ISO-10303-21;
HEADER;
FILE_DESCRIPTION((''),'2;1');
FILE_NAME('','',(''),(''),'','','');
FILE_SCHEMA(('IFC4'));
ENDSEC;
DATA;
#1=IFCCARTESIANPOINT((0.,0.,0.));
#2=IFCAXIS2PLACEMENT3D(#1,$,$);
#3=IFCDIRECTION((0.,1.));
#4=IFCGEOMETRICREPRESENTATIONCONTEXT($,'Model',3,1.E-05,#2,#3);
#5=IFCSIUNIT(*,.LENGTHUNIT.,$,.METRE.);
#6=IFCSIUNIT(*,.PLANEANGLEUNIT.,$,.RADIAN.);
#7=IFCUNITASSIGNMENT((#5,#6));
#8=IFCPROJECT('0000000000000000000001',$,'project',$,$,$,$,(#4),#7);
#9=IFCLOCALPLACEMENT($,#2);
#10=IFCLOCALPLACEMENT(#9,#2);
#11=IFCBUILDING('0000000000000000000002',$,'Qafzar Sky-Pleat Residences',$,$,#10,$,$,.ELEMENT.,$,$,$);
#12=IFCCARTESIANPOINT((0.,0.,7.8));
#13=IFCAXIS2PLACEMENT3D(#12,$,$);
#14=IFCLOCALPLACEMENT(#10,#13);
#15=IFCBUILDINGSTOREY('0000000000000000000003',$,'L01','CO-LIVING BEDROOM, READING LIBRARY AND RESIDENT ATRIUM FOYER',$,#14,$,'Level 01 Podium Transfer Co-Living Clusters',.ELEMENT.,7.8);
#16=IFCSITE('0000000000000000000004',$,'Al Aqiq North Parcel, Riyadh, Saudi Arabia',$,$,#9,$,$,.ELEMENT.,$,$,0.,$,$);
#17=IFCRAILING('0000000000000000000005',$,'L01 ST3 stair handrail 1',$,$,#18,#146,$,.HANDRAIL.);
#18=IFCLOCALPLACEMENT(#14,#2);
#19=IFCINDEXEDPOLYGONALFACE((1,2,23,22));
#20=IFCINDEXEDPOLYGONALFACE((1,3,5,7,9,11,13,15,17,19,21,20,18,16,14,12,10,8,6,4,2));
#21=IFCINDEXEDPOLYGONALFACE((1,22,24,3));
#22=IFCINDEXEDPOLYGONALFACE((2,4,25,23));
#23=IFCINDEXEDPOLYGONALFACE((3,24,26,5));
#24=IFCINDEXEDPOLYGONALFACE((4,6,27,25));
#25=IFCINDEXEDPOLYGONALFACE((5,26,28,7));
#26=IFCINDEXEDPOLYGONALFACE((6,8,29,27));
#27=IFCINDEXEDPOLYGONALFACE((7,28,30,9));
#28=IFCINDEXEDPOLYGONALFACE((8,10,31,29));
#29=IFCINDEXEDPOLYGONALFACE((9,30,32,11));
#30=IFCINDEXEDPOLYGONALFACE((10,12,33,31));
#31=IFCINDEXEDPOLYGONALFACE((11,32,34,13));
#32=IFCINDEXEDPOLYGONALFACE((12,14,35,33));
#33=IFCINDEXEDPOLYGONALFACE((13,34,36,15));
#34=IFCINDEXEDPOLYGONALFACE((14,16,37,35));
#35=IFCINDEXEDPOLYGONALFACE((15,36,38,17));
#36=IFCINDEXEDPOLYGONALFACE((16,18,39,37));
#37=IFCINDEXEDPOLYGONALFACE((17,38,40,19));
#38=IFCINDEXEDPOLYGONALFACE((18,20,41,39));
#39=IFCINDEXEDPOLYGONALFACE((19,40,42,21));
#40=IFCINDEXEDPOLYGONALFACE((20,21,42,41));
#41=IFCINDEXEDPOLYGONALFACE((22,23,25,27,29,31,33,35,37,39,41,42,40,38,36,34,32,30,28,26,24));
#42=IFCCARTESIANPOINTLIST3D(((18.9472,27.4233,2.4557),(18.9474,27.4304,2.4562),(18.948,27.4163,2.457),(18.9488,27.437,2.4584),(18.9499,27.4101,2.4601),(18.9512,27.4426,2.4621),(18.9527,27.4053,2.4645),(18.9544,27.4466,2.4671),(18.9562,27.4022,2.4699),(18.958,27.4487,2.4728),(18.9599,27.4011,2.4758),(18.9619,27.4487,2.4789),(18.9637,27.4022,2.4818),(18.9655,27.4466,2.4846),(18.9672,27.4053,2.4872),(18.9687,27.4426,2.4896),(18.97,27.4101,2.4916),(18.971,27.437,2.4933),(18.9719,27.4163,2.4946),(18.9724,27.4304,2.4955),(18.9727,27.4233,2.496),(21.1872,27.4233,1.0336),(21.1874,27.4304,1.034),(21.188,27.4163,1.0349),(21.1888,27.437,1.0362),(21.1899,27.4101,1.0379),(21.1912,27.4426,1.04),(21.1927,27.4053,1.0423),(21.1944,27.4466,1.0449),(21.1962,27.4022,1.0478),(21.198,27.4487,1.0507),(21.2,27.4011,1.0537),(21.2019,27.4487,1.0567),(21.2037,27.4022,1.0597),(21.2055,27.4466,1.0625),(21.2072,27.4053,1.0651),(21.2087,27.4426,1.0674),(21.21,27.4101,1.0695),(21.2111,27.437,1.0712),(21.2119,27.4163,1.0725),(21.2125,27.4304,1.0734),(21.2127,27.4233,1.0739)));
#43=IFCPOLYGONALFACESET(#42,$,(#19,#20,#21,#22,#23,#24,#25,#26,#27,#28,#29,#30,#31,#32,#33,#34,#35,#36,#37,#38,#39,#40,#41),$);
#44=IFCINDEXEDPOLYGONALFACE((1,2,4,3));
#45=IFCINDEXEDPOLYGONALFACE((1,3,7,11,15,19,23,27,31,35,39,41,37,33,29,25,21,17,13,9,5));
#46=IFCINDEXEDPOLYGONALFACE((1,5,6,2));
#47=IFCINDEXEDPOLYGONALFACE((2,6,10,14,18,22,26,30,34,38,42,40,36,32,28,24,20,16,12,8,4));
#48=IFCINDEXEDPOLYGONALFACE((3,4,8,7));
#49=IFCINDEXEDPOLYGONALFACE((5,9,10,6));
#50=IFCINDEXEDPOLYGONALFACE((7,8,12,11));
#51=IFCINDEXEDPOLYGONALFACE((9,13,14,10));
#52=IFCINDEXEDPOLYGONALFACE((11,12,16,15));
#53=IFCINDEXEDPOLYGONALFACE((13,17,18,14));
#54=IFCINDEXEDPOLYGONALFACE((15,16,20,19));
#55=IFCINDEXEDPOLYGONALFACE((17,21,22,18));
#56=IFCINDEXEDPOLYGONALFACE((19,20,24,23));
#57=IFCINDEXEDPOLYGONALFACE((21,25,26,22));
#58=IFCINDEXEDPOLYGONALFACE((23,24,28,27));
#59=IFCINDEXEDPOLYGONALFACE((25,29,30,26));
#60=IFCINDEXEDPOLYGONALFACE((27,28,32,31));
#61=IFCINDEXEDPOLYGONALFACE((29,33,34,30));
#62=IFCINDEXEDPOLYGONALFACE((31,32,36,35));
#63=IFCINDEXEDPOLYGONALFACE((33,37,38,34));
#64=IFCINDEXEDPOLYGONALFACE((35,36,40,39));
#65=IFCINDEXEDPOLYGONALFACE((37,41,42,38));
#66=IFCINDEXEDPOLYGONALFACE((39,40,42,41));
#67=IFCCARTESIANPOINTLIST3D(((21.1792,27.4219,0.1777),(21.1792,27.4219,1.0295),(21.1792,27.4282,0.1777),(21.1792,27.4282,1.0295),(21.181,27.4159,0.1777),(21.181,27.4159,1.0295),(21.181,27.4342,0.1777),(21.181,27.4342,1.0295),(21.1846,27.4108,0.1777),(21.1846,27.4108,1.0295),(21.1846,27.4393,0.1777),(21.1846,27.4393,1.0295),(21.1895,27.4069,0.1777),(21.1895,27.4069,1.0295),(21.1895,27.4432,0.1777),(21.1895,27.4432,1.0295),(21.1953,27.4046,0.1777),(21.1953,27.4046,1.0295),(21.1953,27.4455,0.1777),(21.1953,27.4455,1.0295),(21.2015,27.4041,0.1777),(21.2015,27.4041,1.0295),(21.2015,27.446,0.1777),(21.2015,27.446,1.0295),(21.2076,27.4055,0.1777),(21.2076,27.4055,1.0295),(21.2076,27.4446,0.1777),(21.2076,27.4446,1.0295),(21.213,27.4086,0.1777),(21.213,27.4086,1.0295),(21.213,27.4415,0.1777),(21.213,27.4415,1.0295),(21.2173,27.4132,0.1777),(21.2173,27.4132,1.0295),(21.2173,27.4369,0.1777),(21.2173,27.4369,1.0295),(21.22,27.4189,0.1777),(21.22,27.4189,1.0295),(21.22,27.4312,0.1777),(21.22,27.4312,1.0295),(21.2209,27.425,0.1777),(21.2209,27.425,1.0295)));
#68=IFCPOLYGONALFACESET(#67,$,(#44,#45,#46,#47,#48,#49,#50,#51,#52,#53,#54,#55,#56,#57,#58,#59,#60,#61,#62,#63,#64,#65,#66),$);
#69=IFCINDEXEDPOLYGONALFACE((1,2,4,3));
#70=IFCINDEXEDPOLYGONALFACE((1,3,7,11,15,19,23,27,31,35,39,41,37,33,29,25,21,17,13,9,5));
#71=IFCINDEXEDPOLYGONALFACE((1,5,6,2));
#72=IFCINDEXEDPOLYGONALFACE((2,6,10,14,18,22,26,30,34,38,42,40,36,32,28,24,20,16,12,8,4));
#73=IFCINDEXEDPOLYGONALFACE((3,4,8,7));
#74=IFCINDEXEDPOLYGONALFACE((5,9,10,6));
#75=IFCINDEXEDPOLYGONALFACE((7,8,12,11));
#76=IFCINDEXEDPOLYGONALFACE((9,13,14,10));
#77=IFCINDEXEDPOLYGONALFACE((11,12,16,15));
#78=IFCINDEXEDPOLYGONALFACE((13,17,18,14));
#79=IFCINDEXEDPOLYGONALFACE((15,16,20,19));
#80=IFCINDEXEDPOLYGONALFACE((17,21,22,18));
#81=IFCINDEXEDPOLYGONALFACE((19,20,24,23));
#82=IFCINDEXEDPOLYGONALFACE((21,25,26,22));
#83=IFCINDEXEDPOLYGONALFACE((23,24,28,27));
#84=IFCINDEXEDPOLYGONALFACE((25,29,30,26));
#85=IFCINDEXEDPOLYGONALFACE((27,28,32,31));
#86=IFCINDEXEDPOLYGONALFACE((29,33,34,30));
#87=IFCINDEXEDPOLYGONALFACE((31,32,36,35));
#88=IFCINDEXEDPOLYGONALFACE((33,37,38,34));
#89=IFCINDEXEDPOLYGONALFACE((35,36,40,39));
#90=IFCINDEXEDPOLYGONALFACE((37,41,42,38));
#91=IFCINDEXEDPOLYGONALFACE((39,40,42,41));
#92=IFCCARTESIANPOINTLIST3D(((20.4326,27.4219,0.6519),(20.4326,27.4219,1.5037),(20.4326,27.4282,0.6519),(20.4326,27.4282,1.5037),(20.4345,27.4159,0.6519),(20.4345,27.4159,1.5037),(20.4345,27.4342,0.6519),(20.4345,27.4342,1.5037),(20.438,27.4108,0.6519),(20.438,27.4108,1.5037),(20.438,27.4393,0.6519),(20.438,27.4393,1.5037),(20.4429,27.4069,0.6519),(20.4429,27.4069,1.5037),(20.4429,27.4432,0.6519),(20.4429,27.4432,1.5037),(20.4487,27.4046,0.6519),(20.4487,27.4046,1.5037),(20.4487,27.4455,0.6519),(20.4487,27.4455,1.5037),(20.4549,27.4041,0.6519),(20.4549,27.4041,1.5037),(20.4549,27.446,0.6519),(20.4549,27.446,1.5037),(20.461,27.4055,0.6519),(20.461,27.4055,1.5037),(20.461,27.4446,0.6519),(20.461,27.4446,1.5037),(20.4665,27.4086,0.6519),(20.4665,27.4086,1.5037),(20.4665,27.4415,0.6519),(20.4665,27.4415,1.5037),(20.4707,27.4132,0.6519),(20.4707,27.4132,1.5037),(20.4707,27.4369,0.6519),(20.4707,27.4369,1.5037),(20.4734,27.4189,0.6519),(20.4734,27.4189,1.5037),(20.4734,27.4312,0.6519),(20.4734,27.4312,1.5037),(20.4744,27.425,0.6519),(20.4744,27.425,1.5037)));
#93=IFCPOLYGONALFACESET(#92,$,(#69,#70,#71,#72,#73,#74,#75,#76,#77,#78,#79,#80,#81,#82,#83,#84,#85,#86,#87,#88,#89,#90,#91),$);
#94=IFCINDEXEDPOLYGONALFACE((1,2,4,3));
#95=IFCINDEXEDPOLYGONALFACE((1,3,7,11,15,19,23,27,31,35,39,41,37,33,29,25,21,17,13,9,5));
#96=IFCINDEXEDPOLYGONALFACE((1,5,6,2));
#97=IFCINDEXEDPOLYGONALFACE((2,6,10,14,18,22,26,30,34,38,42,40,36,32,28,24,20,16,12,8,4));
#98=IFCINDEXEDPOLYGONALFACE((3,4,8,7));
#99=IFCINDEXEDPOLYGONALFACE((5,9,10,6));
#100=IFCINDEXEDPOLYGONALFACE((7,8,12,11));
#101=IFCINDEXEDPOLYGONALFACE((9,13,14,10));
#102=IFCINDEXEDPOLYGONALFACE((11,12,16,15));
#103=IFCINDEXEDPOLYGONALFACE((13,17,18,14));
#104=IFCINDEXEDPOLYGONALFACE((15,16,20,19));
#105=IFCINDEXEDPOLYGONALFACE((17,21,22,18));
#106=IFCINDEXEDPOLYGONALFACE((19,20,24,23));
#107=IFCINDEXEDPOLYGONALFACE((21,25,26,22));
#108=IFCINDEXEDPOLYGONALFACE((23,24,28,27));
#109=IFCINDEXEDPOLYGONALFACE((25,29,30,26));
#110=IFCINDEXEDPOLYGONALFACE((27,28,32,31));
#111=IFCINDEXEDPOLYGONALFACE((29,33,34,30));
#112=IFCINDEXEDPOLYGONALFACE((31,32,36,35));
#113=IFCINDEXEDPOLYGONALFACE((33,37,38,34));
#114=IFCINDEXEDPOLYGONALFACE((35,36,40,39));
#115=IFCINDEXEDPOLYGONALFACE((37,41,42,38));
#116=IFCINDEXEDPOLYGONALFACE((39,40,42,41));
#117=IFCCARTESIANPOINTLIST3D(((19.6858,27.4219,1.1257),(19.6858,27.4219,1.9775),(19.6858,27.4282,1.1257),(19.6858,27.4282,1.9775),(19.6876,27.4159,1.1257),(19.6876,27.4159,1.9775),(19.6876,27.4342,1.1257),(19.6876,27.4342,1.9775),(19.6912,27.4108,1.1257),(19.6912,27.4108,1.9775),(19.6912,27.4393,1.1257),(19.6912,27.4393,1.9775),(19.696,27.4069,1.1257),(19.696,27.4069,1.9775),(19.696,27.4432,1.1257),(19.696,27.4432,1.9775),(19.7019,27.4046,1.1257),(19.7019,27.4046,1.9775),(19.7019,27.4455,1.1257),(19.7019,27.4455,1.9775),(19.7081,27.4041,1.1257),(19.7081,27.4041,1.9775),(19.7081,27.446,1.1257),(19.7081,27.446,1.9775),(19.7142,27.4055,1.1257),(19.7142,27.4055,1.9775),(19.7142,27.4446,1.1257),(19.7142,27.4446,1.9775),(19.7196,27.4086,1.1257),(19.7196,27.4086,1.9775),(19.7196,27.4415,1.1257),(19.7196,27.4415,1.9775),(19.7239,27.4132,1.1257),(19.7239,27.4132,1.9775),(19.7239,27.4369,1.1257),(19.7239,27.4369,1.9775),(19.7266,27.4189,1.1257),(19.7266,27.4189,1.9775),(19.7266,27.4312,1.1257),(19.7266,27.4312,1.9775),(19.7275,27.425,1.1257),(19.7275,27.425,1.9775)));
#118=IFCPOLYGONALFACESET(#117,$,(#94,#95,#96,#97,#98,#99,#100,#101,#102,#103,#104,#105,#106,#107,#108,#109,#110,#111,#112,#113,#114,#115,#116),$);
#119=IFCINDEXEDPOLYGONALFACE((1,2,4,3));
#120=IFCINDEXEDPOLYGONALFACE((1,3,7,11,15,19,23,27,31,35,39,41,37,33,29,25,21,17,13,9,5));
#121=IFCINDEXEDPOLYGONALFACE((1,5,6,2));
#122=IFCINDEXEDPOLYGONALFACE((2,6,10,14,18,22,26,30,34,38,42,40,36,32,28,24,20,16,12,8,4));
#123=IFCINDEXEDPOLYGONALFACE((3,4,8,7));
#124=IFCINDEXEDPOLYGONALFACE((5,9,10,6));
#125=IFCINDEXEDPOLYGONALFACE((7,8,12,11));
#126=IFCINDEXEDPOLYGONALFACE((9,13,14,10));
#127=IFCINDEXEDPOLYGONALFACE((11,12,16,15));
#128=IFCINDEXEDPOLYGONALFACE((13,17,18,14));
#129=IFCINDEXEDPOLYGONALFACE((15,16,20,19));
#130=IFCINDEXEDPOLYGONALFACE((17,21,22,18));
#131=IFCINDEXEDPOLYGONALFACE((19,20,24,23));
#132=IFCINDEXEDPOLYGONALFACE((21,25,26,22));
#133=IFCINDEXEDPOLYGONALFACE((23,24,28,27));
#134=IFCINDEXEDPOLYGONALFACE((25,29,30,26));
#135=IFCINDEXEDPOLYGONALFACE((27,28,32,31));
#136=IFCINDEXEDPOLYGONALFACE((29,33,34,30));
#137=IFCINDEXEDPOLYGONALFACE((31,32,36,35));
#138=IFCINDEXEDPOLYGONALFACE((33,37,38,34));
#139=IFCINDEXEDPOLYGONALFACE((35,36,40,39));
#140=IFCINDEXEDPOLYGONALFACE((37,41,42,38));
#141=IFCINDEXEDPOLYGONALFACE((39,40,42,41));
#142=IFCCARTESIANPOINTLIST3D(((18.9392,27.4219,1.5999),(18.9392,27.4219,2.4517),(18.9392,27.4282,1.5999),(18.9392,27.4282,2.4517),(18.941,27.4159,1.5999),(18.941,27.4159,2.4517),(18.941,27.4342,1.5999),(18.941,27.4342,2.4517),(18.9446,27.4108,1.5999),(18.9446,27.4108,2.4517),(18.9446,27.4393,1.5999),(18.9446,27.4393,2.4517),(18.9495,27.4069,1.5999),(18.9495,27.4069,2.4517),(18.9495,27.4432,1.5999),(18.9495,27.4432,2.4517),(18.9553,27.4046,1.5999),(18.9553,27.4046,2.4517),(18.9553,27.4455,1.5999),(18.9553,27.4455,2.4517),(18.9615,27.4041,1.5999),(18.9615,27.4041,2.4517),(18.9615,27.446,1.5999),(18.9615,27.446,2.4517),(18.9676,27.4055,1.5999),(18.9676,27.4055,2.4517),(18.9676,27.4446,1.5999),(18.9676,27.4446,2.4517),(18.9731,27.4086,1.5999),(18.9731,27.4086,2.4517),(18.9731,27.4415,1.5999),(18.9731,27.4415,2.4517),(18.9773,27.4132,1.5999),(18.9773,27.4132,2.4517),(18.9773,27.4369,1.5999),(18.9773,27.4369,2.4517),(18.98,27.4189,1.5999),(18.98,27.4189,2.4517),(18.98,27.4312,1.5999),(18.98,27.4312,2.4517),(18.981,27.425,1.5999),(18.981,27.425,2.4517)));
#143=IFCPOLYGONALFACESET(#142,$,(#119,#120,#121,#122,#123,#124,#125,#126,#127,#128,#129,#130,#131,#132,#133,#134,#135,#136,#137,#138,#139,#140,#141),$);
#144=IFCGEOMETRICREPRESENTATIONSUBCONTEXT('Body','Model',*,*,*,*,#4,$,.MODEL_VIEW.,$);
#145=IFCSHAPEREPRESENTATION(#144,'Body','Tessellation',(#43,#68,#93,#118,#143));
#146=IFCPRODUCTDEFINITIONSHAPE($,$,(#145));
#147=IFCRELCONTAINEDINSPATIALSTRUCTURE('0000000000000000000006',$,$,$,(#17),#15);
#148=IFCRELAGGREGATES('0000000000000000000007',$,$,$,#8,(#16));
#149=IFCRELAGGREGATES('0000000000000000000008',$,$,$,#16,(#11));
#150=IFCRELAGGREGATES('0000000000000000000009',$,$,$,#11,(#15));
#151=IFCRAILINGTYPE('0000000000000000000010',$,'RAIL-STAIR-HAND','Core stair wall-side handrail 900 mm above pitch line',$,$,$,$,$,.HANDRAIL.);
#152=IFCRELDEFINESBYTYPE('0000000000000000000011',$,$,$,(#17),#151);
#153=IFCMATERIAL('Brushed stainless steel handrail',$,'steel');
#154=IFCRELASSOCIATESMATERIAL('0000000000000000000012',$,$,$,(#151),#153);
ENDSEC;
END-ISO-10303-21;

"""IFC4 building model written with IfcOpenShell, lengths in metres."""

from ifc_helpers import new_model, si_unit, direction, frame, origin, origin_2d, place, context, subcontext, project, spatial, circle, extrude, source, transform, mapped, material, type_object, element, save


model = new_model("IFC4")

# Units and contexts
model_context = context("Model", 3, precision=1e-05, world=origin(), true_north=direction((0.0, 1.0)))
body_context = subcontext(model_context, "Body", "Model", "MODEL_VIEW")
ifc_project = project(units=[si_unit("LENGTHUNIT", "METRE"), si_unit("PLANEANGLEUNIT", "RADIAN")], contexts=[model_context])

# Site, building, storey
site_placement = place(None, origin())
site = spatial("IfcSite", under=ifc_project, at=site_placement, Name="Al Aqiq North Parcel, Riyadh, Saudi Arabia", CompositionType="ELEMENT", RefElevation=0.0)
building_placement = place(site_placement, origin())
building = spatial("IfcBuilding", under=site, at=building_placement, Name="Qafzar Sky-Pleat Residences", CompositionType="ELEMENT")
storey_placement = place(building_placement, frame((0.0, 0.0, 7.8)))
storey = spatial("IfcBuildingStorey", under=building, at=storey_placement, Name="L01", Description="CO-LIVING BEDROOM, READING LIBRARY AND RESIDENT ATRIUM FOYER", LongName="Level 01 Podium Transfer Co-Living Clusters", CompositionType="ELEMENT", Elevation=7.8)

# Railing
ifc_material_1 = material(Name="Brushed stainless steel handrail", Category="steel")
railing_type_1 = type_object("IfcRailingType", Name="RAIL-STAIR-HAND", Description="Core stair wall-side handrail 900 mm above pitch line", PredefinedType="HANDRAIL", material=ifc_material_1)
shared_shape_1 = source(origin(), body_context, "Body", "SweptSolid", [
    extrude(circle(Radius=0.0239, at=origin_2d()), frame((0.0, 0.0, 0.876), z_axis=(-0.844229, 0.0, 0.535982), x_axis=(0.0, -1.0, 0.0)), (0.0, 0.0, 1.0), 2.6533),
    extrude(circle(Radius=0.021, at=origin_2d()), origin(), (0.0, 0.0, 1.0), 0.8518),
    extrude(circle(Radius=0.021, at=origin_2d()), frame((-0.7466, 0.0, 0.4741)), (0.0, 0.0, 1.0), 0.8518),
    extrude(circle(Radius=0.021, at=origin_2d()), frame((-1.4934, 0.0, 0.948)), (0.0, 0.0, 1.0), 0.8518),
    extrude(circle(Radius=0.021, at=origin_2d()), frame((-2.24, 0.0, 1.4221)), (0.0, 0.0, 1.0), 0.8518),
])
railing_1_placement = place(storey_placement, frame((21.2, 27.425, 0.1777)))
element("IfcRailing", 1, at=railing_1_placement, inside=storey, type_object=railing_type_1, Name="L01 ST3 stair handrail 1", PredefinedType="HANDRAIL", context=body_context, shape_type="MappedRepresentation", body=[
    mapped(shared_shape_1, transform((0.0, 0.0, 0.0), x_axis=(1.0, 0.0, 0.0), y_axis=(0.0, 1.0, 0.0), z_axis=(0.0, 0.0, 1.0), scale=1.0)),
])

save(model, "model.ifc")
